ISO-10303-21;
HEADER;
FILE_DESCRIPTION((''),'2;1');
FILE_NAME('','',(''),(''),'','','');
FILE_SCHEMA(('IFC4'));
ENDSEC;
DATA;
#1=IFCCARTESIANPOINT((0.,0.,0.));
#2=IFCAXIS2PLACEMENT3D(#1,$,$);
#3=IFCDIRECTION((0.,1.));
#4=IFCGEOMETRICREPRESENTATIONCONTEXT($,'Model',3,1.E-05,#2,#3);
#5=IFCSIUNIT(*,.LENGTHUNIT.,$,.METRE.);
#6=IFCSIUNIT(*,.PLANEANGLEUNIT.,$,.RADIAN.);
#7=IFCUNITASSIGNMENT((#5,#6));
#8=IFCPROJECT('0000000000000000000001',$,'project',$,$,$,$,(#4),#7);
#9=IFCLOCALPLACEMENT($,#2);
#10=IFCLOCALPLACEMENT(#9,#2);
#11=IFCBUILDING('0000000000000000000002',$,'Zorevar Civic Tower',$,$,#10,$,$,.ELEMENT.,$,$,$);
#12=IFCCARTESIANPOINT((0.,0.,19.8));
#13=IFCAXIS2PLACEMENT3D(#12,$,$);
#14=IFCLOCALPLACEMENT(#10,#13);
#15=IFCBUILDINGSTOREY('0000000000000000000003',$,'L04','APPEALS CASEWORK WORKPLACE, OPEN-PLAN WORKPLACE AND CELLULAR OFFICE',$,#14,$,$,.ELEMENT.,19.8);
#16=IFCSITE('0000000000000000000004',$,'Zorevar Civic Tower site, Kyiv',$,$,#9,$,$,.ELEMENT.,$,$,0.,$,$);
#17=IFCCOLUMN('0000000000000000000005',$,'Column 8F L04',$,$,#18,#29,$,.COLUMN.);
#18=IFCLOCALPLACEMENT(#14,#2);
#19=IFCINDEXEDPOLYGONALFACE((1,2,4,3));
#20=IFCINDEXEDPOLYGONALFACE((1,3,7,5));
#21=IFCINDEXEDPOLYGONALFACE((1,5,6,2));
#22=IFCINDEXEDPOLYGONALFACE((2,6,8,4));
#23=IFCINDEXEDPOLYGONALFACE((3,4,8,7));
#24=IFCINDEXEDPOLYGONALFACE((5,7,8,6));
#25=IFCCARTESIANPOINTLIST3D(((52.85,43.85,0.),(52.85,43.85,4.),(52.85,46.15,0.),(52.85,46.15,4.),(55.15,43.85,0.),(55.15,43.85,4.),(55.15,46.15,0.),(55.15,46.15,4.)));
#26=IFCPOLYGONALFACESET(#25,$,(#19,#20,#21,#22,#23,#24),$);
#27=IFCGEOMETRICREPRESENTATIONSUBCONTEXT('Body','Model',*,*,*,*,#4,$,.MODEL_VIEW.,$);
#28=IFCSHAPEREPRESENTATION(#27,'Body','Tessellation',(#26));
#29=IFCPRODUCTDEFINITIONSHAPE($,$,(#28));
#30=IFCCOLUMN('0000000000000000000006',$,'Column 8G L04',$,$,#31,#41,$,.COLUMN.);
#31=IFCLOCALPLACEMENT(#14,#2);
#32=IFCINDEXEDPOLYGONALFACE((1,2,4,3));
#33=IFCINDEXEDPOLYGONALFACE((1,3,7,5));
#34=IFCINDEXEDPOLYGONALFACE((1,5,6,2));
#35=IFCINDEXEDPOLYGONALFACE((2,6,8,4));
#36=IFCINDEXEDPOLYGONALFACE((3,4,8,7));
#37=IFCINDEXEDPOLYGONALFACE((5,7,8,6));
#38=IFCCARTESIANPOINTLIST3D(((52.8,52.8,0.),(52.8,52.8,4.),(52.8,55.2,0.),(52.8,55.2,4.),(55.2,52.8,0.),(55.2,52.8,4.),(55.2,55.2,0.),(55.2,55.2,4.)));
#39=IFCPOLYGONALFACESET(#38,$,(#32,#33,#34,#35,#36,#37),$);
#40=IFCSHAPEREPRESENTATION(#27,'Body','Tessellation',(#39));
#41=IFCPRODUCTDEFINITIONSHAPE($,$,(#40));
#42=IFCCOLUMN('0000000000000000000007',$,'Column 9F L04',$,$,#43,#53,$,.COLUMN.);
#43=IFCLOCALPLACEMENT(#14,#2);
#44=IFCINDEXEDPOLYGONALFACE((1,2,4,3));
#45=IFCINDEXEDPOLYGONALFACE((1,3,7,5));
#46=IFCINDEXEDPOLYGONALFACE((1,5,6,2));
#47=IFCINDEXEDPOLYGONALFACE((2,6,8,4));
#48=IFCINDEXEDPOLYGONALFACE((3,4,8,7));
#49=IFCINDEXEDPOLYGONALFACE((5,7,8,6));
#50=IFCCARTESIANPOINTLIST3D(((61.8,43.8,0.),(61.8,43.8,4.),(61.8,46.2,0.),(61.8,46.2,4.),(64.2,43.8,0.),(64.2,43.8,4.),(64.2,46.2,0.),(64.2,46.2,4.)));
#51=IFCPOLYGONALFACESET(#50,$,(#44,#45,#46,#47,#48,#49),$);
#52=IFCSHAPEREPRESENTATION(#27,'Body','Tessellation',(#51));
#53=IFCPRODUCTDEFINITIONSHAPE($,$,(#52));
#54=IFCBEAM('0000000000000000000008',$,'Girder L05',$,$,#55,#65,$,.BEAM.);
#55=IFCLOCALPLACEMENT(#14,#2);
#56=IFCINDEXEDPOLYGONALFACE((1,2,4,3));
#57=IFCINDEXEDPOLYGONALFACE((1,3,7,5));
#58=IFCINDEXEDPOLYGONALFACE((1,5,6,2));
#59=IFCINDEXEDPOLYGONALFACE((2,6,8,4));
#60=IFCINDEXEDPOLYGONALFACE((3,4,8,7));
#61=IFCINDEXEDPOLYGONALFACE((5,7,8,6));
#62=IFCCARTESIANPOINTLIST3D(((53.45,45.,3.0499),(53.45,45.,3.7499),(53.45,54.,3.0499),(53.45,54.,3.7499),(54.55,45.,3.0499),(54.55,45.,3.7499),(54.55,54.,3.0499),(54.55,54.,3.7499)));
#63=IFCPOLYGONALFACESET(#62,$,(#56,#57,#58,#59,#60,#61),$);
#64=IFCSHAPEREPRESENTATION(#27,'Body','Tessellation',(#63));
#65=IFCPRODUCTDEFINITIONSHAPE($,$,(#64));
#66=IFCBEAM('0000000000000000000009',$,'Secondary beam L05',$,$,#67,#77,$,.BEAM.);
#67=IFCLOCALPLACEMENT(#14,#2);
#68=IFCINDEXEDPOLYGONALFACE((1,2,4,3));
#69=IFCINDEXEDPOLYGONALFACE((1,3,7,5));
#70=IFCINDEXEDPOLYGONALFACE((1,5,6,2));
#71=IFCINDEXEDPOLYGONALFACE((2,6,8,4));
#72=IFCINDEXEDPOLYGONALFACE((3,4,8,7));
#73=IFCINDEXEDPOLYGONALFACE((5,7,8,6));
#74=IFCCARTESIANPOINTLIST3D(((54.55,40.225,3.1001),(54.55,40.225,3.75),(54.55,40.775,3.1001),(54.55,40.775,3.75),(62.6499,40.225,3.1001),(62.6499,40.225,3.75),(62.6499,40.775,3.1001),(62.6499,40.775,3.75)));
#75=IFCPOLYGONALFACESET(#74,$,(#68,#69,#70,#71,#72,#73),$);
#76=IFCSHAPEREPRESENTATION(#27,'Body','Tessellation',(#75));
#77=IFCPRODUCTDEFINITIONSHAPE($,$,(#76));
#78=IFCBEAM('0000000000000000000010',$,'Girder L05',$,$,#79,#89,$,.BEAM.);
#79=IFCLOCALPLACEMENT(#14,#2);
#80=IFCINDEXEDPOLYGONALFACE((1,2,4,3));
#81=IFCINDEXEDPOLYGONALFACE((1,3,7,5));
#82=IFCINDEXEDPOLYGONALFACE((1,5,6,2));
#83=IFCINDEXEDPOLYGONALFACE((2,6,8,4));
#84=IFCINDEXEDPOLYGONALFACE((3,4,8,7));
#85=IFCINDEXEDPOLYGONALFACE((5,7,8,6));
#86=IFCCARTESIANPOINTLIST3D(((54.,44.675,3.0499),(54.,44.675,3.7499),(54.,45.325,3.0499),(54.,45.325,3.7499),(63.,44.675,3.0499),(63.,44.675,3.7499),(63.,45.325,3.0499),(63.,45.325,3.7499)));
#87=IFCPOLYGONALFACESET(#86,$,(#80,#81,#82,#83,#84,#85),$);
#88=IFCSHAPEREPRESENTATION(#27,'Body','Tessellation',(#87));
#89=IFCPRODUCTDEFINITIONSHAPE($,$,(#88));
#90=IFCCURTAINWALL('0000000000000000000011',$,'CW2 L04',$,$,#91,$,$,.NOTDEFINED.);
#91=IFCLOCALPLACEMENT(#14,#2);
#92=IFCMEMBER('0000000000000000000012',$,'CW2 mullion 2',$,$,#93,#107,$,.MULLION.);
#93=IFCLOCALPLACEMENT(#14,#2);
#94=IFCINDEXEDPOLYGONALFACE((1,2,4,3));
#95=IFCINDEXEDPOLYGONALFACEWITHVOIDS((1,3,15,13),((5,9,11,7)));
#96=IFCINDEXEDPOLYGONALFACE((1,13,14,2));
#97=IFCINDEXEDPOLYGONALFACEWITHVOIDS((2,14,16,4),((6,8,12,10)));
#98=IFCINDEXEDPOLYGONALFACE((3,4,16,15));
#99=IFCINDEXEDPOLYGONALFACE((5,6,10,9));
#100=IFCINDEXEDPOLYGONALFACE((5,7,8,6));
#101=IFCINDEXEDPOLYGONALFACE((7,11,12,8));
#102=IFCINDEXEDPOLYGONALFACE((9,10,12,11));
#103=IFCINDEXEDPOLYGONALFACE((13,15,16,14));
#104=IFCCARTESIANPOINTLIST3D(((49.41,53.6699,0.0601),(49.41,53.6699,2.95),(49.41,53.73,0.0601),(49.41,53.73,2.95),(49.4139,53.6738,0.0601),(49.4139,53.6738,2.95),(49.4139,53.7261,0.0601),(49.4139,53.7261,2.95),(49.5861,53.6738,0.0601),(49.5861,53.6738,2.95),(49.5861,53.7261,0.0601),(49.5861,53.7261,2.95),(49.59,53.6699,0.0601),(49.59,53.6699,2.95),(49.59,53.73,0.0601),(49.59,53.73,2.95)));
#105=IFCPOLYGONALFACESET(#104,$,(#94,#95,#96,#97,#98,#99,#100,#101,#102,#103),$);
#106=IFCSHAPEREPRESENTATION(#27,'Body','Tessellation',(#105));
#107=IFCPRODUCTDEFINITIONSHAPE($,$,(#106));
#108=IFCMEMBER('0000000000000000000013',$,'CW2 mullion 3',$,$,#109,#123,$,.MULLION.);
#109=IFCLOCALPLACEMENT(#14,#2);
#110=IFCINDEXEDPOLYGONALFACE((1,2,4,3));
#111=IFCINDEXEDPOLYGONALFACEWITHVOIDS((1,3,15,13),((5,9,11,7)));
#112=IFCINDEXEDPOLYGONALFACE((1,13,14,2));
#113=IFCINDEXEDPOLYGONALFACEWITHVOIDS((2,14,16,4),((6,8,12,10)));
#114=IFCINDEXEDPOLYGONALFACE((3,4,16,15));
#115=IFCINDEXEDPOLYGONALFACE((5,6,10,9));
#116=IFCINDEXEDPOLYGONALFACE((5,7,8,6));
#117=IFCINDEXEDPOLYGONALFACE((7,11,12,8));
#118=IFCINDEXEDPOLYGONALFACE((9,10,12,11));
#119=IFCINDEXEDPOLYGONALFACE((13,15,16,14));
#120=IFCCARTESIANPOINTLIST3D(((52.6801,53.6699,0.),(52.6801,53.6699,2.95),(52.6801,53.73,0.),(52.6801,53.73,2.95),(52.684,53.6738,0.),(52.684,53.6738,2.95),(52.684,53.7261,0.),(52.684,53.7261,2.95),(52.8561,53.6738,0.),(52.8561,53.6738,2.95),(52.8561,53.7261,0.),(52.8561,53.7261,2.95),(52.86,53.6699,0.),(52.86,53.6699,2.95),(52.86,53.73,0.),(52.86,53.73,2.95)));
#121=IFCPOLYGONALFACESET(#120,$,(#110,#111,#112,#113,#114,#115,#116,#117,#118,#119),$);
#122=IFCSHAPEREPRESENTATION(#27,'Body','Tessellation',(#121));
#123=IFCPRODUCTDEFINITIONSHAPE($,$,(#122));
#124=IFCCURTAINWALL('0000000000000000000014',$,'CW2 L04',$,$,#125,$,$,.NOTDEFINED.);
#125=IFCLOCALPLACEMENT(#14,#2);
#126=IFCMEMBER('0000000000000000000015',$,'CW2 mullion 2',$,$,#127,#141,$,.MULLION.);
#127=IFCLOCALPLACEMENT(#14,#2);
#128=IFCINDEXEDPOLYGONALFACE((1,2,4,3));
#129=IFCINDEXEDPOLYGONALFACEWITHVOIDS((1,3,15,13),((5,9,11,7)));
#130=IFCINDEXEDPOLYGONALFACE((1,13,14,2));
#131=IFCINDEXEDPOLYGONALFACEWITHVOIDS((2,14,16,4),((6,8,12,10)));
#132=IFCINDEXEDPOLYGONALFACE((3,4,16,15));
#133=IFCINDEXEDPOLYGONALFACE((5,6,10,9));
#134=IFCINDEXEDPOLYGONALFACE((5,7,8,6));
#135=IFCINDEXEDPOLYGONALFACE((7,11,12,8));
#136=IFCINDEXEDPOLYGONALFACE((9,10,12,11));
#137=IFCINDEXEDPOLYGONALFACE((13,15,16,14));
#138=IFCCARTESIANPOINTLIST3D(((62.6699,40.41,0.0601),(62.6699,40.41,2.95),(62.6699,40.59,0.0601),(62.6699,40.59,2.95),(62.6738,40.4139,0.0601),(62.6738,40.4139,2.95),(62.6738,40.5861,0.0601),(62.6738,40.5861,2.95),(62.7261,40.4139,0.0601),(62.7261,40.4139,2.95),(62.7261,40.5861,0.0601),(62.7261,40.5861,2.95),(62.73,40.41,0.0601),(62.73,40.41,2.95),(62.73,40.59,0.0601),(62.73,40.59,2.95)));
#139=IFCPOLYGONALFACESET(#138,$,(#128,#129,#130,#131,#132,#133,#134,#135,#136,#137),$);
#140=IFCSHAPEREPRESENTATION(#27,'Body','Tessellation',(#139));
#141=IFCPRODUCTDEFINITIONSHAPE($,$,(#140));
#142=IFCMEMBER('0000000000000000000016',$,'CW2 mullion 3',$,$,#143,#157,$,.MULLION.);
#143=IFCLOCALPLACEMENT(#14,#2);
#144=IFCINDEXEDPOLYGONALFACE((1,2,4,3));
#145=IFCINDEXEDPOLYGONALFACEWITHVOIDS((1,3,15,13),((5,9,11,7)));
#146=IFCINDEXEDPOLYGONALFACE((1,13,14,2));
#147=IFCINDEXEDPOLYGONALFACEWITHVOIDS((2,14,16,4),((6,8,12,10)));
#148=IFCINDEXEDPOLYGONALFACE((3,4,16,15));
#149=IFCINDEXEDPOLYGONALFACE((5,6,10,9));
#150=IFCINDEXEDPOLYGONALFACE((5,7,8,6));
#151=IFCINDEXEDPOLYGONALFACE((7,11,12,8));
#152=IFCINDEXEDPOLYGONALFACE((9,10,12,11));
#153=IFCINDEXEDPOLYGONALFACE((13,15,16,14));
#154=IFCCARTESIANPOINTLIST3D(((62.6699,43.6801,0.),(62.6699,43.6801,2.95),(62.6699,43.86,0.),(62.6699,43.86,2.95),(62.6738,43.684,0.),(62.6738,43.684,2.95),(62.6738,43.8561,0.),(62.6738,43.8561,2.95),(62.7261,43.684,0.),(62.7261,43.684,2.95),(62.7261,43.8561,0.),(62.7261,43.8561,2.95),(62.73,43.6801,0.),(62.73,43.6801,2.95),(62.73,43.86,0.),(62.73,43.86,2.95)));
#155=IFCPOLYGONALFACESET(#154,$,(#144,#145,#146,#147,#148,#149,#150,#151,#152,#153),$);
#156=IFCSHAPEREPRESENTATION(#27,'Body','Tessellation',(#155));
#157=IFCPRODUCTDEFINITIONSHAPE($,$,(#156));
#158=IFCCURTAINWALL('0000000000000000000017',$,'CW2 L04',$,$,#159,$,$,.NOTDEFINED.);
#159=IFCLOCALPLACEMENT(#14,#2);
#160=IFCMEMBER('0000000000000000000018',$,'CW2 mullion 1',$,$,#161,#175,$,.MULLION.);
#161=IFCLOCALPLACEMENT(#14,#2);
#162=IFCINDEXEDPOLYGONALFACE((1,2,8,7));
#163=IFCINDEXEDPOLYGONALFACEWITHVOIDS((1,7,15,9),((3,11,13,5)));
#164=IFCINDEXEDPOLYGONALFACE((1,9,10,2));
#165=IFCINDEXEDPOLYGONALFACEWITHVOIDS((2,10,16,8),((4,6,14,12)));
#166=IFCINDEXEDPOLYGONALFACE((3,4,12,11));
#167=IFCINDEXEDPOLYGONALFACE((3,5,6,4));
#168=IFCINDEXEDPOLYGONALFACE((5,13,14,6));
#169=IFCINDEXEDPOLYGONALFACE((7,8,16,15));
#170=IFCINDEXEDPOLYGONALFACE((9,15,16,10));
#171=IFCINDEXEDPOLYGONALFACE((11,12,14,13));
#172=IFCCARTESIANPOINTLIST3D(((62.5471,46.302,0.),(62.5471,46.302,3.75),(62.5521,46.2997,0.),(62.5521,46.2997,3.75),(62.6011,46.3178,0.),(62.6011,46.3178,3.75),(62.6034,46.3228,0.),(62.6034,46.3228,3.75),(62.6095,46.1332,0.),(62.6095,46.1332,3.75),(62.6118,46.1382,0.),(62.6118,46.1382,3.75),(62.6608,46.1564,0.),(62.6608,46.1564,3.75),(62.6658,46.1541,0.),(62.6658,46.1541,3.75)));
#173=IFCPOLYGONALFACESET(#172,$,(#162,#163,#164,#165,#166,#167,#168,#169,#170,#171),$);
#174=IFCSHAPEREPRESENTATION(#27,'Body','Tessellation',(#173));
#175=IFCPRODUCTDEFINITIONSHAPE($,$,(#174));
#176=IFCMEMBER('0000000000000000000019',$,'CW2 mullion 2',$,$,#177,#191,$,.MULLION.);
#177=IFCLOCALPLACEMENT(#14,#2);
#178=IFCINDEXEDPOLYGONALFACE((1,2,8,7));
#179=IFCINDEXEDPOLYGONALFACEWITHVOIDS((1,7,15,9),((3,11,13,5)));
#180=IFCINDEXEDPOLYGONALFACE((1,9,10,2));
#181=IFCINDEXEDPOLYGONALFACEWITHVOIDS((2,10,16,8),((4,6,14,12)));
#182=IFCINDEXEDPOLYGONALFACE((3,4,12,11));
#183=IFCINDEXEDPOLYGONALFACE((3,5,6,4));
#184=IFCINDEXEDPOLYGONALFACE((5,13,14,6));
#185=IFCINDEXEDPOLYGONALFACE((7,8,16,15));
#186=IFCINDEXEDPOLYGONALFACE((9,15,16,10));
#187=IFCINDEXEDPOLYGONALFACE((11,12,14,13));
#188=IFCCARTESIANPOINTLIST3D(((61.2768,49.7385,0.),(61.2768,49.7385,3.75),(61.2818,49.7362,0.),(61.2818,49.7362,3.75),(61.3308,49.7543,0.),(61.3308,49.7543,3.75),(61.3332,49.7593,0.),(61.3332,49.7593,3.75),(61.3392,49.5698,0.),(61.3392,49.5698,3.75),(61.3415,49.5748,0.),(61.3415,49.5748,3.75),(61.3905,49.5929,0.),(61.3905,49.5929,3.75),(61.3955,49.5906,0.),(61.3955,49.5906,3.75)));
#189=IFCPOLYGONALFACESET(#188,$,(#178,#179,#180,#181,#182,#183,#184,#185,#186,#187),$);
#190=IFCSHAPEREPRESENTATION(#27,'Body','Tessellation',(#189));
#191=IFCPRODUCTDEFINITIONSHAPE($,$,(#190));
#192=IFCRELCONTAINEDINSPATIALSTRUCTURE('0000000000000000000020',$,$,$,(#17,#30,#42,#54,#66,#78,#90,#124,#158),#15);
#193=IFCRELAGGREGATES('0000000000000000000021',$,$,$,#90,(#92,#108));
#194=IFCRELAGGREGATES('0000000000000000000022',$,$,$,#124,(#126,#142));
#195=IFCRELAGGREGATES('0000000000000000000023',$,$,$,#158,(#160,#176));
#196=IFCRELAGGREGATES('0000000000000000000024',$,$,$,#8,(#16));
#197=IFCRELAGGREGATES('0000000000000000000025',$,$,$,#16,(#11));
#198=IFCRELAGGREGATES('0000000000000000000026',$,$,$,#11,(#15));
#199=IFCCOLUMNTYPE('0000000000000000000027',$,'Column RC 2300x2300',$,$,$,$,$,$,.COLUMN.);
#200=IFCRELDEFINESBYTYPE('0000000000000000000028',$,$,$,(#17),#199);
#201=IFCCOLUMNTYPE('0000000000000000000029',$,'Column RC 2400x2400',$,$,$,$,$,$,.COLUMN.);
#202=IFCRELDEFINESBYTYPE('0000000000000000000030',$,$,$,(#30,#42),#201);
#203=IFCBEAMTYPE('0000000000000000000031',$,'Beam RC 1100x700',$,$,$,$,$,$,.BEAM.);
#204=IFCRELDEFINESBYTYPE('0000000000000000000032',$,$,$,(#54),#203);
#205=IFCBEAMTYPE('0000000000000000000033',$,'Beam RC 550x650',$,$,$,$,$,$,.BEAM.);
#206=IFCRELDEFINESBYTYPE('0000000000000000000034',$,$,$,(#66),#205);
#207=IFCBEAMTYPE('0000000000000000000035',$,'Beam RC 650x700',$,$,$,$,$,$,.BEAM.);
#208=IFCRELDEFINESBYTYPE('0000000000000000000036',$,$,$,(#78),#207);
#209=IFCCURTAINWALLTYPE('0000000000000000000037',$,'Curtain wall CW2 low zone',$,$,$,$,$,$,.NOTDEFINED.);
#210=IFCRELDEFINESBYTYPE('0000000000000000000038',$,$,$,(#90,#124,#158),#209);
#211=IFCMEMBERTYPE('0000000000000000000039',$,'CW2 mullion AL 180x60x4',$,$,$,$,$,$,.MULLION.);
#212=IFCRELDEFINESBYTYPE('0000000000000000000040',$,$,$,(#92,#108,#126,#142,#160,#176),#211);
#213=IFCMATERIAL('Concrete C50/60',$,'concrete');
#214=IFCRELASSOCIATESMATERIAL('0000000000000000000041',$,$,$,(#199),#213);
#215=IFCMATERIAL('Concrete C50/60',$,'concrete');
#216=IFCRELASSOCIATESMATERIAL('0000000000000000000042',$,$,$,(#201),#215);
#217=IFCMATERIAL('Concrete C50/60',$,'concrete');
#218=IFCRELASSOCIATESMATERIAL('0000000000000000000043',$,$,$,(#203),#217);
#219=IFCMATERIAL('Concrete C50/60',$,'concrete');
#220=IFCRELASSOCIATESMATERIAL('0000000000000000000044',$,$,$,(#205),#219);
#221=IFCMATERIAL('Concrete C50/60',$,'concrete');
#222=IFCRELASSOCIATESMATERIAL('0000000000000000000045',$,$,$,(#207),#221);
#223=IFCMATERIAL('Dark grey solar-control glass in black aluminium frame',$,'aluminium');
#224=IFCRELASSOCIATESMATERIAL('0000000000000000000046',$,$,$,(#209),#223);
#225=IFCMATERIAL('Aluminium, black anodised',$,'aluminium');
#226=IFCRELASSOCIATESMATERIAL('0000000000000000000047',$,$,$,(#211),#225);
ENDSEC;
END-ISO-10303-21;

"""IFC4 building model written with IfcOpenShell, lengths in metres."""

from ifc_helpers import new_model, si_unit, direction, frame, origin, origin_2d, place, context, subcontext, project, spatial, rectangle, hollow_rectangle, extrude, material, material_profile, profile_set, type_object, element, aggregate, save


model = new_model("IFC4")

# Units and contexts
model_context = context("Model", 3, precision=1e-05, world=origin(), true_north=direction((0.0, 1.0)))
body_context = subcontext(model_context, "Body", "Model", "MODEL_VIEW")
ifc_project = project(units=[si_unit("LENGTHUNIT", "METRE"), si_unit("PLANEANGLEUNIT", "RADIAN")], contexts=[model_context])

# Site, building, storey
site_placement = place(None, origin())
site = spatial("IfcSite", under=ifc_project, at=site_placement, Name="Zorevar Civic Tower site, Kyiv", CompositionType="ELEMENT", RefElevation=0.0)
building_placement = place(site_placement, origin())
building = spatial("IfcBuilding", under=site, at=building_placement, Name="Zorevar Civic Tower", CompositionType="ELEMENT")
storey_placement = place(building_placement, frame((0.0, 0.0, 19.8)))
storey = spatial("IfcBuildingStorey", under=building, at=storey_placement, Name="L04", Description="APPEALS CASEWORK WORKPLACE, OPEN-PLAN WORKPLACE AND CELLULAR OFFICE", CompositionType="ELEMENT", Elevation=19.8)

# Columns
ifc_material_1 = material(Name="Concrete C50/60", Category="concrete")
ifc_material_profile_1 = material_profile(ifc_material_1, rectangle(XDim=2.3, YDim=2.3, at=origin_2d()), Name="RC 2300x2300")
ifc_profile_set_1 = profile_set([ifc_material_profile_1], Name="Concrete C50/60")
column_type_1 = type_object("IfcColumnType", Name="Column RC 2300x2300", PredefinedType="COLUMN", material=ifc_profile_set_1)
column_placement = place(storey_placement, frame((54.0, 45.0, 0.0), z_axis=(0.0, 0.0, 1.0), x_axis=(1.0, 0.0, 0.0)))
element("IfcColumn", 1, at=column_placement, inside=storey, type_object=column_type_1, Name="Column 8F L04", PredefinedType="COLUMN", context=body_context, shape_type="SweptSolid", body=[
    extrude(rectangle(XDim=2.3, YDim=2.3, at=origin_2d()), origin(), (0.0, 0.0, 1.0), 4.0),
])
ifc_material_2 = material(Name="Concrete C50/60", Category="concrete")
ifc_material_profile_2 = material_profile(ifc_material_2, rectangle(XDim=2.3999, YDim=2.3999, at=origin_2d()), Name="RC 2400x2400")
ifc_profile_set_2 = profile_set([ifc_material_profile_2], Name="Concrete C50/60")
column_type_2 = type_object("IfcColumnType", Name="Column RC 2400x2400", PredefinedType="COLUMN", material=ifc_profile_set_2)
for number, where, z_axis, x_axis, name in (
    (2, (54.0, 54.0, 0.0), (0.0, 0.0, 1.0), (1.0, 0.0, 0.0), "Column 8G L04"),
    (3, (63.0, 45.0, 0.0), (0.0, 0.0, 1.0), (1.0, 0.0, 0.0), "Column 9F L04"),
):
    element("IfcColumn", number, at=place(storey_placement, frame(where, z_axis=z_axis, x_axis=x_axis)), inside=storey, type_object=column_type_2, Name=name, PredefinedType="COLUMN", context=body_context, shape_type="SweptSolid", body=[
        extrude(rectangle(XDim=2.3999, YDim=2.3999, at=origin_2d()), origin(), (0.0, 0.0, 1.0), 4.0),
    ])

# Beams
ifc_material_3 = material(Name="Concrete C50/60", Category="concrete")
ifc_material_profile_3 = material_profile(ifc_material_3, rectangle(XDim=1.1001, YDim=0.7, at=origin_2d()), Name="RC 1100x700")
ifc_profile_set_3 = profile_set([ifc_material_profile_3], Name="Concrete C50/60")
beam_type_1 = type_object("IfcBeamType", Name="Beam RC 1100x700", PredefinedType="BEAM", material=ifc_profile_set_3)
beam_1_placement = place(storey_placement, frame((54.0, 45.0, 3.3999), z_axis=(0.0, 1.0, 0.0), x_axis=(-1.0, 0.0, 0.0)))
element("IfcBeam", 4, at=beam_1_placement, inside=storey, type_object=beam_type_1, Name="Girder L05", PredefinedType="BEAM", context=body_context, shape_type="SweptSolid", body=[
    extrude(rectangle(XDim=1.1001, YDim=0.7, at=origin_2d()), origin(), (0.0, 0.0, 1.0), 9.0),
])
ifc_material_4 = material(Name="Concrete C50/60", Category="concrete")
ifc_material_profile_4 = material_profile(ifc_material_4, rectangle(XDim=0.55, YDim=0.6499, at=origin_2d()), Name="RC 550x650")
ifc_profile_set_4 = profile_set([ifc_material_profile_4], Name="Concrete C50/60")
beam_type_2 = type_object("IfcBeamType", Name="Beam RC 550x650", PredefinedType="BEAM", material=ifc_profile_set_4)
beam_2_placement = place(storey_placement, frame((54.55, 40.5, 3.425), z_axis=(1.0, 0.0, 0.0), x_axis=(0.0, 1.0, 0.0)))
element("IfcBeam", 5, at=beam_2_placement, inside=storey, type_object=beam_type_2, Name="Secondary beam L05", PredefinedType="BEAM", context=body_context, shape_type="SweptSolid", body=[
    extrude(rectangle(XDim=0.55, YDim=0.6499, at=origin_2d()), origin(), (0.0, 0.0, 1.0), 8.0999),
])
ifc_material_5 = material(Name="Concrete C50/60", Category="concrete")
ifc_material_profile_5 = material_profile(ifc_material_5, rectangle(XDim=0.6499, YDim=0.7, at=origin_2d()), Name="RC 650x700")
ifc_profile_set_5 = profile_set([ifc_material_profile_5], Name="Concrete C50/60")
beam_type_3 = type_object("IfcBeamType", Name="Beam RC 650x700", PredefinedType="BEAM", material=ifc_profile_set_5)
beam_3_placement = place(storey_placement, frame((54.0, 45.0, 3.3999), z_axis=(1.0, 0.0, 0.0), x_axis=(0.0, 1.0, 0.0)))
element("IfcBeam", 6, at=beam_3_placement, inside=storey, type_object=beam_type_3, Name="Girder L05", PredefinedType="BEAM", context=body_context, shape_type="SweptSolid", body=[
    extrude(rectangle(XDim=0.6499, YDim=0.7, at=origin_2d()), origin(), (0.0, 0.0, 1.0), 9.0),
])

# Curtain walls, members
ifc_material_6 = material(Name="Dark grey solar-control glass in black aluminium frame", Category="aluminium")
curtain_wall_type = type_object("IfcCurtainWallType", Name="Curtain wall CW2 low zone", PredefinedType="NOTDEFINED", material=ifc_material_6)
curtain_wall_1_placement = place(storey_placement, origin())
curtain_wall_1 = element("IfcCurtainWall", 7, at=curtain_wall_1_placement, inside=storey, type_object=curtain_wall_type, Name="CW2 L04", PredefinedType="NOTDEFINED")
ifc_material_7 = material(Name="Aluminium, black anodised", Category="aluminium")
ifc_material_profile_6 = material_profile(ifc_material_7, hollow_rectangle(XDim=0.0601, YDim=0.1799, WallThickness=0.0039, at=origin_2d()), Name="AL 180x60x4")
ifc_profile_set_6 = profile_set([ifc_material_profile_6], Name="Aluminium, black anodised")
member_type_1 = type_object("IfcMemberType", Name="CW2 mullion AL 180x60x4", PredefinedType="MULLION", material=ifc_profile_set_6)
member_1_placement = place(storey_placement, frame((49.5, 53.7, 0.0601), z_axis=(0.0, 0.0, 1.0), x_axis=(0.0, 1.0, 0.0)))
member_1 = element("IfcMember", 8, at=member_1_placement, type_object=member_type_1, Name="CW2 mullion 2", PredefinedType="MULLION", context=body_context, shape_type="SweptSolid", body=[
    extrude(hollow_rectangle(XDim=0.0601, YDim=0.1799, WallThickness=0.0039, at=origin_2d()), origin(), (0.0, 0.0, 1.0), 2.8899),
])
member_2_placement = place(storey_placement, frame((52.77, 53.7, 0.0), z_axis=(0.0, 0.0, 1.0), x_axis=(0.0, 1.0, 0.0)))
member_2 = element("IfcMember", 9, at=member_2_placement, type_object=member_type_1, Name="CW2 mullion 3", PredefinedType="MULLION", context=body_context, shape_type="SweptSolid", body=[
    extrude(hollow_rectangle(XDim=0.0601, YDim=0.1799, WallThickness=0.0039, at=origin_2d()), origin(), (0.0, 0.0, 1.0), 2.95),
])
curtain_wall_2_placement = place(storey_placement, origin())
curtain_wall_2 = element("IfcCurtainWall", 10, at=curtain_wall_2_placement, inside=storey, type_object=curtain_wall_type, Name="CW2 L04", PredefinedType="NOTDEFINED")
member_3_placement = place(storey_placement, frame((62.7, 40.5, 0.0601), z_axis=(0.0, 0.0, 1.0), x_axis=(-1.0, 0.0, 0.0)))
member_3 = element("IfcMember", 11, at=member_3_placement, type_object=member_type_1, Name="CW2 mullion 2", PredefinedType="MULLION", context=body_context, shape_type="SweptSolid", body=[
    extrude(hollow_rectangle(XDim=0.0601, YDim=0.1799, WallThickness=0.0039, at=origin_2d()), origin(), (0.0, 0.0, 1.0), 2.8899),
])
member_4_placement = place(storey_placement, frame((62.7, 43.77, 0.0), z_axis=(0.0, 0.0, 1.0), x_axis=(-1.0, 0.0, 0.0)))
member_4 = element("IfcMember", 12, at=member_4_placement, type_object=member_type_1, Name="CW2 mullion 3", PredefinedType="MULLION", context=body_context, shape_type="SweptSolid", body=[
    extrude(hollow_rectangle(XDim=0.0601, YDim=0.1799, WallThickness=0.0039, at=origin_2d()), origin(), (0.0, 0.0, 1.0), 2.95),
])
curtain_wall_3_placement = place(storey_placement, origin())
curtain_wall_3 = element("IfcCurtainWall", 13, at=curtain_wall_3_placement, inside=storey, type_object=curtain_wall_type, Name="CW2 L04", PredefinedType="NOTDEFINED")
member_5_placement = place(storey_placement, frame((62.6064, 46.228, 0.0), z_axis=(0.0, 0.0, 1.0), x_axis=(-0.937975, -0.346704, 0.0)))
member_5 = element("IfcMember", 14, at=member_5_placement, type_object=member_type_1, Name="CW2 mullion 1", PredefinedType="MULLION", context=body_context, shape_type="SweptSolid", body=[
    extrude(hollow_rectangle(XDim=0.0601, YDim=0.1799, WallThickness=0.0039, at=origin_2d()), origin(), (0.0, 0.0, 1.0), 3.75),
])
member_6_placement = place(storey_placement, frame((61.3362, 49.6646, 0.0), z_axis=(0.0, 0.0, 1.0), x_axis=(-0.937975, -0.346704, 0.0)))
member_6 = element("IfcMember", 15, at=member_6_placement, type_object=member_type_1, Name="CW2 mullion 2", PredefinedType="MULLION", context=body_context, shape_type="SweptSolid", body=[
    extrude(hollow_rectangle(XDim=0.0601, YDim=0.1799, WallThickness=0.0039, at=origin_2d()), origin(), (0.0, 0.0, 1.0), 3.75),
])

aggregate(curtain_wall_1, [member_1, member_2])
aggregate(curtain_wall_2, [member_3, member_4])
aggregate(curtain_wall_3, [member_5, member_6])

save(model, "model.ifc")
